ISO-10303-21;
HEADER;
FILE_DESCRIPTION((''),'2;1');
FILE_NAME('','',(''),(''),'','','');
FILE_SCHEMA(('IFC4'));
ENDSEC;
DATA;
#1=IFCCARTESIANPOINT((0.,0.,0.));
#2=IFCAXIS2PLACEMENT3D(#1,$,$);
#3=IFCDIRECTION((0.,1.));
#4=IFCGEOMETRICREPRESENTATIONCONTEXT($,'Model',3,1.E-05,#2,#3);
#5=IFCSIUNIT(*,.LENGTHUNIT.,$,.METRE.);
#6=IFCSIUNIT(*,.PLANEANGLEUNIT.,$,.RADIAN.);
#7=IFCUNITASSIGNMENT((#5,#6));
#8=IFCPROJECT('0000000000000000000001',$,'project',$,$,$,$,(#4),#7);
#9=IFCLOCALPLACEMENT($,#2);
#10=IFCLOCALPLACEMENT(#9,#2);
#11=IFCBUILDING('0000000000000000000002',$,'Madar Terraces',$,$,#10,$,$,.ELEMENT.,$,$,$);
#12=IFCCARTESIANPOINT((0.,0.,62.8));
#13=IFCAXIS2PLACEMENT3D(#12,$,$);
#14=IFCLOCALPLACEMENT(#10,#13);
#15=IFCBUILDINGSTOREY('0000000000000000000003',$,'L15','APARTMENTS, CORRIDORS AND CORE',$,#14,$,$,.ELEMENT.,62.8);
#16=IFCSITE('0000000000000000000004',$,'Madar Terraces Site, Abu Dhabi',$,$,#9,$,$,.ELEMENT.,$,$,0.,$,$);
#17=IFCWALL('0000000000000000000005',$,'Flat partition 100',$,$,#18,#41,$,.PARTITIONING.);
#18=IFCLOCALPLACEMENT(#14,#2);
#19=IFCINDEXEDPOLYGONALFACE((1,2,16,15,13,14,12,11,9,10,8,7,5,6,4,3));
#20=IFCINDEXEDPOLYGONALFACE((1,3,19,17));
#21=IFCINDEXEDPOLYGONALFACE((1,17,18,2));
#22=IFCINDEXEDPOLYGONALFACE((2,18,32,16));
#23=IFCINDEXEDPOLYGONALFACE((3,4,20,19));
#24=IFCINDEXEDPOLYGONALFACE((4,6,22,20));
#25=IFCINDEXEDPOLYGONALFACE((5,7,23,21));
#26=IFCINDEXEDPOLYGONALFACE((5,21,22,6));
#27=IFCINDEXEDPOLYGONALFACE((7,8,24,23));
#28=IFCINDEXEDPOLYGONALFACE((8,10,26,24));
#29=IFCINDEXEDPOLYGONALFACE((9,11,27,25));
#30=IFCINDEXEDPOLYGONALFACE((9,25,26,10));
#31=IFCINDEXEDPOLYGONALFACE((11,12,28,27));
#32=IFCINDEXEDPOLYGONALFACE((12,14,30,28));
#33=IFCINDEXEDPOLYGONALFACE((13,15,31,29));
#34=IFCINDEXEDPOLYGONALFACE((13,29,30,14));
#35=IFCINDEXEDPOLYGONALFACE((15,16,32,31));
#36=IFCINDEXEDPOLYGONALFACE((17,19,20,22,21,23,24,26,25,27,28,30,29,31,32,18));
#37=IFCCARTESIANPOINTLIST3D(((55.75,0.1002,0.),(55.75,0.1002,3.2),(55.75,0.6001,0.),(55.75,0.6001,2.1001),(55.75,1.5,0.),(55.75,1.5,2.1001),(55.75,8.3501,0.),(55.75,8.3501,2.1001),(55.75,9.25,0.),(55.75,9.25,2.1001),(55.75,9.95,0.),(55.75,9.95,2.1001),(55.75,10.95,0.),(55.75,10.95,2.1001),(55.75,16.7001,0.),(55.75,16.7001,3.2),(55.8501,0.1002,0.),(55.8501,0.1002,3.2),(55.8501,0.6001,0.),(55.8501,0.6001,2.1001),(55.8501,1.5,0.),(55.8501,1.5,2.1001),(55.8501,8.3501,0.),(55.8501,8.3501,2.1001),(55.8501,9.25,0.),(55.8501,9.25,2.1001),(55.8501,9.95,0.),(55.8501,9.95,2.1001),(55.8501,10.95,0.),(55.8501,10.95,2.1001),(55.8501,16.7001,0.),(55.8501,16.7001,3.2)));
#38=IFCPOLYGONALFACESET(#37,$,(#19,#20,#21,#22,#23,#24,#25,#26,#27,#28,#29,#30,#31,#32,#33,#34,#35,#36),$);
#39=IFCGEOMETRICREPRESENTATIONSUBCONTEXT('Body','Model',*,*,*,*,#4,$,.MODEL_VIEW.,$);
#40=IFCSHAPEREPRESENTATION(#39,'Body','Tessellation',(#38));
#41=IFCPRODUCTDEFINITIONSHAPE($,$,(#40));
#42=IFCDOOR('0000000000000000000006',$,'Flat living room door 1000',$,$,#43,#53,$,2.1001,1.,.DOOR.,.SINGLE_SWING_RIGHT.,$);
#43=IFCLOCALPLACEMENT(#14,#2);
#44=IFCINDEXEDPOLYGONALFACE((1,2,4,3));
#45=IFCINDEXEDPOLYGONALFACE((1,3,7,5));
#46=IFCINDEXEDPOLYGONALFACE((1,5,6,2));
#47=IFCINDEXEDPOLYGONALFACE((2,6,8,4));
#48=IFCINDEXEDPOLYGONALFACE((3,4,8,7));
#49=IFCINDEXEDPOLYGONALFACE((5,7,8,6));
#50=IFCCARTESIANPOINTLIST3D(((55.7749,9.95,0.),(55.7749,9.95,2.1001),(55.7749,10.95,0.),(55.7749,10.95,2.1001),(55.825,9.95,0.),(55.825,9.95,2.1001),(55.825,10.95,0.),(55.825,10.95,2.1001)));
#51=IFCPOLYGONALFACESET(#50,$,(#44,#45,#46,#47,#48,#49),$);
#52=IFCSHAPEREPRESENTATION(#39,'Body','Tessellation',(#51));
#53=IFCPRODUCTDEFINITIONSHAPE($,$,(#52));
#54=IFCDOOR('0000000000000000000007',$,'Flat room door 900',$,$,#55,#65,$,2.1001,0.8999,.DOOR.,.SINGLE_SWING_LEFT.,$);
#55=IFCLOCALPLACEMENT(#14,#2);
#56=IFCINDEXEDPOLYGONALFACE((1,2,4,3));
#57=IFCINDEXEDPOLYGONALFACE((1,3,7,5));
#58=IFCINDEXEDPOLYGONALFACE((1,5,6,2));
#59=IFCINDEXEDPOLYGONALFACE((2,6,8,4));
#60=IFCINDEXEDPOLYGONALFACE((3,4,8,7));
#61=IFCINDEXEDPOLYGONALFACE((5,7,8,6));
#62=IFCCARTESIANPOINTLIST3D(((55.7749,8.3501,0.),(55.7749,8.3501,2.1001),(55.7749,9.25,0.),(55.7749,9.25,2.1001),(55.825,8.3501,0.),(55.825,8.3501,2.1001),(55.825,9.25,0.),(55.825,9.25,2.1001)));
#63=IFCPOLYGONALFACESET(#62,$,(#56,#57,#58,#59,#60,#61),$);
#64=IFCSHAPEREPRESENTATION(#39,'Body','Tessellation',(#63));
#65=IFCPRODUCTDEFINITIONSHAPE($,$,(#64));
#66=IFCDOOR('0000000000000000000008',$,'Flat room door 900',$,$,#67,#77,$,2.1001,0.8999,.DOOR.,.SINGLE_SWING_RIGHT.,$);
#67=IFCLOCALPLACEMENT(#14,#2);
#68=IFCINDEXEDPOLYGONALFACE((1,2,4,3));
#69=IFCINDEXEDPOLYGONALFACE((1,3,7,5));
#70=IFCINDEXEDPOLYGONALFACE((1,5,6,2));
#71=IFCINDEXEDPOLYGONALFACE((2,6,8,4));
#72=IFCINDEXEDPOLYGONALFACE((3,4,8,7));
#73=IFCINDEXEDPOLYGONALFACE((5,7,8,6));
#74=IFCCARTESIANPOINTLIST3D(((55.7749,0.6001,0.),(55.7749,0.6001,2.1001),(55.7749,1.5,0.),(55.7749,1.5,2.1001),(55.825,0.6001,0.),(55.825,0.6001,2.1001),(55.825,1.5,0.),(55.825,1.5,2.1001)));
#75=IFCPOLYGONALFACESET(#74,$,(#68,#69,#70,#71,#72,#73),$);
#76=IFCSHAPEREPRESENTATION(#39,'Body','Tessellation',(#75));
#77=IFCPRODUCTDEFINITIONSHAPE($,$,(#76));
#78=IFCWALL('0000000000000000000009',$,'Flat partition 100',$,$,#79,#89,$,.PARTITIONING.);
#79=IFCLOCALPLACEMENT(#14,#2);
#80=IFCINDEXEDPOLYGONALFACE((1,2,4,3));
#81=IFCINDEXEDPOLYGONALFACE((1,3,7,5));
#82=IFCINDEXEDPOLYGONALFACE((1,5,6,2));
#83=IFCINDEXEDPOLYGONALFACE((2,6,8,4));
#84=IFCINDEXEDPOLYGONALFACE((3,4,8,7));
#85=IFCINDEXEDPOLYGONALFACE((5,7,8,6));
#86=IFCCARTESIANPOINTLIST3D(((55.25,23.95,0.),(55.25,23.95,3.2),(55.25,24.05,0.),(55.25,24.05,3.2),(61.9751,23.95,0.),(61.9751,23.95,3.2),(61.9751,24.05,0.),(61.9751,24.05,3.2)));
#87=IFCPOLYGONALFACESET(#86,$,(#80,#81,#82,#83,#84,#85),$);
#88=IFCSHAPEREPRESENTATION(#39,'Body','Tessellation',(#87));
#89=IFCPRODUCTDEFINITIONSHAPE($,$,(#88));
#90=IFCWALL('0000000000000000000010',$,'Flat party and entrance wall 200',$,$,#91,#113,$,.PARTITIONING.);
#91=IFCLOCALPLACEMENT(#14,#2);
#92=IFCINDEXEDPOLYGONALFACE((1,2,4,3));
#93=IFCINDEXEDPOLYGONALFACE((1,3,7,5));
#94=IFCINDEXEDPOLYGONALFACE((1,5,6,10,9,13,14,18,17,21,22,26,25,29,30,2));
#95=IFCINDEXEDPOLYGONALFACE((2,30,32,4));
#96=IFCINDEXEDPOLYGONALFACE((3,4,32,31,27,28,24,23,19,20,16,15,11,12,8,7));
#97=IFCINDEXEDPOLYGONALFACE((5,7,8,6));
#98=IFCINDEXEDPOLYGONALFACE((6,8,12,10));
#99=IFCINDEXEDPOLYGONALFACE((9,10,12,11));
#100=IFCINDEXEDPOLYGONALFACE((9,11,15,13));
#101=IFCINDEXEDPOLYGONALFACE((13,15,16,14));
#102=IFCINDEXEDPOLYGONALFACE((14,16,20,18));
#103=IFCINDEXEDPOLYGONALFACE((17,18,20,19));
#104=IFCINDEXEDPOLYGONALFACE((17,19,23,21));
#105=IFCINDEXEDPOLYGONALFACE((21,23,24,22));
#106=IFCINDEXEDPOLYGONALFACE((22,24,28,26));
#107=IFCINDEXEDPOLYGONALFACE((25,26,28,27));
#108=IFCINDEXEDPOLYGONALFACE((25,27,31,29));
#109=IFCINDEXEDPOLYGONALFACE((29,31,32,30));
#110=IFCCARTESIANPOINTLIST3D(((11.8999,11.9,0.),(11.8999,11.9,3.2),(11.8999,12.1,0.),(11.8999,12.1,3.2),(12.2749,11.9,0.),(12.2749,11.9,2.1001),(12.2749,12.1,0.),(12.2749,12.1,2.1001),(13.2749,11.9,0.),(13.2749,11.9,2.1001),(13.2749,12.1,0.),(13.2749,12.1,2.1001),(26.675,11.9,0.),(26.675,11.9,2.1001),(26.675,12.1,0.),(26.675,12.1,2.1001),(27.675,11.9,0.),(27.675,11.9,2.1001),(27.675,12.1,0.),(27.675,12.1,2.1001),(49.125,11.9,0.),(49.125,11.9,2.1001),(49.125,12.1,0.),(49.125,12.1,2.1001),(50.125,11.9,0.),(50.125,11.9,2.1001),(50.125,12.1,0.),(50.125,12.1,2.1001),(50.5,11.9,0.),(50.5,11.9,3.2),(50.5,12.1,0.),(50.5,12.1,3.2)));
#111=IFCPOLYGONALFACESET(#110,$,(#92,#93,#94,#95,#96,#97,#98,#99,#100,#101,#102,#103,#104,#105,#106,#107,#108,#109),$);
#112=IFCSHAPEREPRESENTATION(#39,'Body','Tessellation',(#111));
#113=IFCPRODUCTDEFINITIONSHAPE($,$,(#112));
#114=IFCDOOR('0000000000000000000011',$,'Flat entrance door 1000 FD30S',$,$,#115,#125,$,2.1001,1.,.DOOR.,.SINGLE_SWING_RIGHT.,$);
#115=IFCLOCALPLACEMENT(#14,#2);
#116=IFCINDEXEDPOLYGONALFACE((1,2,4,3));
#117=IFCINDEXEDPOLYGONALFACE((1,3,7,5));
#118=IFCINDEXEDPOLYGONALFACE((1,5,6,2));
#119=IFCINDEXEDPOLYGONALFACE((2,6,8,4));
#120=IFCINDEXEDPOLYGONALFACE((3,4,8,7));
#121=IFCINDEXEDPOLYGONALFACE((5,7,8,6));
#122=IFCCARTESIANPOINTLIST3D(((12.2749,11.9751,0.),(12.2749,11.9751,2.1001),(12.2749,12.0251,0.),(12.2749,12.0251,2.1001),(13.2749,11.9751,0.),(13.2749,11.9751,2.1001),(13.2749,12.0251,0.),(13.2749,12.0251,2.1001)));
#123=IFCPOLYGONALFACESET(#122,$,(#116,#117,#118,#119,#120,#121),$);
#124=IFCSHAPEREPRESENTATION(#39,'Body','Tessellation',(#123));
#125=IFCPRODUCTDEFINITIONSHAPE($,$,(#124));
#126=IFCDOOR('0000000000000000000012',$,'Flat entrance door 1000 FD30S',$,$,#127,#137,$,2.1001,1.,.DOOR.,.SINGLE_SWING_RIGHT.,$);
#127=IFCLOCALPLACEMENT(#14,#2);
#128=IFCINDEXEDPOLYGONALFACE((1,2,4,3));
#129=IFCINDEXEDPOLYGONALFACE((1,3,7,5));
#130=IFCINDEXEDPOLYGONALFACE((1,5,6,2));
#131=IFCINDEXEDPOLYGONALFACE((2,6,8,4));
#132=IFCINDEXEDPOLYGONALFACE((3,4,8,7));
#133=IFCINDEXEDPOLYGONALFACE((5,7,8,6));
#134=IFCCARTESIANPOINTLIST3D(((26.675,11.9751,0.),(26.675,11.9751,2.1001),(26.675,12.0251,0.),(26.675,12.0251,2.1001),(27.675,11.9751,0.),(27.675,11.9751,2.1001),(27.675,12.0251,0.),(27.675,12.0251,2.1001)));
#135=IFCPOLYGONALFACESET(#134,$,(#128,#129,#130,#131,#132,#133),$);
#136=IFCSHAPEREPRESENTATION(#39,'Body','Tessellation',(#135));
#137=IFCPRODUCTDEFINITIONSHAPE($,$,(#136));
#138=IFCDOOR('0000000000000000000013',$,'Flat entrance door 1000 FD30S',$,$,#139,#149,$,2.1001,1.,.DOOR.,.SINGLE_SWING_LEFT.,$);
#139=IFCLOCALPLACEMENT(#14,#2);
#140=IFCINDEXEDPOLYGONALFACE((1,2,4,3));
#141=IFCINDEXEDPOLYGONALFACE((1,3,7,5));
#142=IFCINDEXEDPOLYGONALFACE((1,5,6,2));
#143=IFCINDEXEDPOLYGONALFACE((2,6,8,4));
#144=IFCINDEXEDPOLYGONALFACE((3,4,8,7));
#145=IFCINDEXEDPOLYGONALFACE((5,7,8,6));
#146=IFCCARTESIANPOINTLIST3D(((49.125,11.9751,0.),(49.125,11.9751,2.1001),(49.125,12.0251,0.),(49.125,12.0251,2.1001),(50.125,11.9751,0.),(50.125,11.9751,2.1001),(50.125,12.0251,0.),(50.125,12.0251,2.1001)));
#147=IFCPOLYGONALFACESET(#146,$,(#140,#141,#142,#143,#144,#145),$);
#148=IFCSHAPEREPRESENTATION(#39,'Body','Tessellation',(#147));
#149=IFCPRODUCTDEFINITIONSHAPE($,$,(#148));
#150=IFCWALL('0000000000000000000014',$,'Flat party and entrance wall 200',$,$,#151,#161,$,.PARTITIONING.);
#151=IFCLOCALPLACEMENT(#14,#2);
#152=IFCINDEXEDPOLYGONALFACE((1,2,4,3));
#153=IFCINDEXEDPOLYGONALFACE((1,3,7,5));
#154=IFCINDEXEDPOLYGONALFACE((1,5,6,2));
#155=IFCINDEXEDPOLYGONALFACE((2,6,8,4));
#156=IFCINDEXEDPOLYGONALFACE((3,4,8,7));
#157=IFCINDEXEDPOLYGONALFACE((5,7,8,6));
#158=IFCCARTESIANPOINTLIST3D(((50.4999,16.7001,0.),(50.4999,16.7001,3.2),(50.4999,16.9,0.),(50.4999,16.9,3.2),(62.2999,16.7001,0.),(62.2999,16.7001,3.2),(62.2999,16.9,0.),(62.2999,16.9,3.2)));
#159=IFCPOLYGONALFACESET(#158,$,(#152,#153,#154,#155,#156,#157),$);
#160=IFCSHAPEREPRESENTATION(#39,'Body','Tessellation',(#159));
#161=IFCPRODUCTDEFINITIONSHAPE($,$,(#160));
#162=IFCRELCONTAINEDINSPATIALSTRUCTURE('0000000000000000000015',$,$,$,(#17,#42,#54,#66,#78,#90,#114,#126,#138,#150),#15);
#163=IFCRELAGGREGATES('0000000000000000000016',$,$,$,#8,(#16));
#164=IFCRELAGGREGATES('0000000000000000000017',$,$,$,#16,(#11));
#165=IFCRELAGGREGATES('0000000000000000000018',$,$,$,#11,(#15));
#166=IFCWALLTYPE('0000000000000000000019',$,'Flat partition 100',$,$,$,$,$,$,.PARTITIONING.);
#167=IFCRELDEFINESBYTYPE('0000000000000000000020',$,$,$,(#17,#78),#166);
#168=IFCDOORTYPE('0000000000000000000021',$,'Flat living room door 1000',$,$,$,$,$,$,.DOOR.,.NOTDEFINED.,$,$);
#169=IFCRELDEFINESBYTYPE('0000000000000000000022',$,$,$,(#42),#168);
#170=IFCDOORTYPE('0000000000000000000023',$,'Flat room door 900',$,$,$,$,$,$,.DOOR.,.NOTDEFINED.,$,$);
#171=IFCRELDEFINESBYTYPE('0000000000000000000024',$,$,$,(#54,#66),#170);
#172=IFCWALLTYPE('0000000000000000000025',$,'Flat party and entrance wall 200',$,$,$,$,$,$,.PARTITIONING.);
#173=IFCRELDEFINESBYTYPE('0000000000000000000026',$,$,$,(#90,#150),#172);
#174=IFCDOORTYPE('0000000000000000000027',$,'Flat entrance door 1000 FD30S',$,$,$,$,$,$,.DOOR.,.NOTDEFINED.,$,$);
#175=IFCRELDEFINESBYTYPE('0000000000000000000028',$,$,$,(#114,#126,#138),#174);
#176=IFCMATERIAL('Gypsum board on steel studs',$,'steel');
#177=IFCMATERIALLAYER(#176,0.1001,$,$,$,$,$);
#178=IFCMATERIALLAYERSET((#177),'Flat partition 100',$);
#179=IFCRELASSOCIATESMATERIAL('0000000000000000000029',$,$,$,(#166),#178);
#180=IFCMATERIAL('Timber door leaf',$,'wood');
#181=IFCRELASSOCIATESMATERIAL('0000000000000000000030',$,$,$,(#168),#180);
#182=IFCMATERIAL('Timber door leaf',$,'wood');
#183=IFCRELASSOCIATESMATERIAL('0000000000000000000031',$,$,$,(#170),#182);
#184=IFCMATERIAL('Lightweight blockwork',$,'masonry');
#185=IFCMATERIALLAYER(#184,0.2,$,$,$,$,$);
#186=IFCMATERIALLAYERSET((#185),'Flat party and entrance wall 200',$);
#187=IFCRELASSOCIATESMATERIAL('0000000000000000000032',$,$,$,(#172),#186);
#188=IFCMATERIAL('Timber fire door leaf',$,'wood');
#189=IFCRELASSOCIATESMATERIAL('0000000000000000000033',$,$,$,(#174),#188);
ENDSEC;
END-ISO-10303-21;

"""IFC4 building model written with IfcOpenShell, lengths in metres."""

from ifc_helpers import new_model, si_unit, direction, frame, frame_2d, origin, place, context, subcontext, project, spatial, rectangle, extrude, material, layer, layer_set, type_object, element, fill, save


model = new_model("IFC4")

# Units and contexts
model_context = context("Model", 3, precision=1e-05, world=origin(), true_north=direction((0.0, 1.0)))
body_context = subcontext(model_context, "Body", "Model", "MODEL_VIEW")
ifc_project = project(units=[si_unit("LENGTHUNIT", "METRE"), si_unit("PLANEANGLEUNIT", "RADIAN")], contexts=[model_context])

# Site, building, storey
site_placement = place(None, origin())
site = spatial("IfcSite", under=ifc_project, at=site_placement, Name="Madar Terraces Site, Abu Dhabi", CompositionType="ELEMENT", RefElevation=0.0)
building_placement = place(site_placement, origin())
building = spatial("IfcBuilding", under=site, at=building_placement, Name="Madar Terraces", CompositionType="ELEMENT")
storey_placement = place(building_placement, frame((0.0, 0.0, 62.8)))
storey = spatial("IfcBuildingStorey", under=building, at=storey_placement, Name="L15", Description="APARTMENTS, CORRIDORS AND CORE", CompositionType="ELEMENT", Elevation=62.8)

# Shared definitions
ifc_material_1 = material(Name="Gypsum board on steel studs", Category="steel")
ifc_layer_1 = layer(ifc_material_1, 0.1001)
ifc_layer_set_1 = layer_set([ifc_layer_1], Name="Flat partition 100")
wall_type_1 = type_object("IfcWallType", Name="Flat partition 100", PredefinedType="PARTITIONING", material=ifc_layer_set_1)

# Wall, openings, doors
wall_1_placement = place(storey_placement, frame((55.8, 16.7, 0.0), z_axis=(0.0, 0.0, 1.0), x_axis=(0.0, -1.0, 0.0)))
wall_1 = element("IfcWall", 1, at=wall_1_placement, inside=storey, type_object=wall_type_1, Name="Flat partition 100", PredefinedType="PARTITIONING", context=body_context, shape_type="SweptSolid", body=[
    extrude(rectangle(XDim=16.5999, YDim=0.1001, at=frame_2d((8.2998, 0.0))), origin(), (0.0, 0.0, 1.0), 3.2),
])
opening_1_placement = place(wall_1_placement, frame((5.75, 0.0, 0.0)))
opening_1 = element("IfcOpeningElement", 2, at=opening_1_placement, cuts=wall_1, PredefinedType="OPENING", context=body_context, shape_type="SweptSolid", body=[
    extrude(rectangle(XDim=1.0, YDim=2.1001, at=frame_2d((0.5, 1.05))), frame((0.0, 0.0601, 0.0), z_axis=(0.0, -1.0, 0.0), x_axis=(1.0, 0.0, 0.0)), (0.0, 0.0, 1.0), 0.1201),
])
opening_2_placement = place(wall_1_placement, frame((7.45, 0.0, 0.0)))
opening_2 = element("IfcOpeningElement", 3, at=opening_2_placement, cuts=wall_1, PredefinedType="OPENING", context=body_context, shape_type="SweptSolid", body=[
    extrude(rectangle(XDim=0.8999, YDim=2.1001, at=frame_2d((0.45, 1.05))), frame((0.0, 0.0601, 0.0), z_axis=(0.0, -1.0, 0.0), x_axis=(1.0, 0.0, 0.0)), (0.0, 0.0, 1.0), 0.1201),
])
opening_3_placement = place(wall_1_placement, frame((15.2, 0.0, 0.0)))
opening_3 = element("IfcOpeningElement", 4, at=opening_3_placement, cuts=wall_1, PredefinedType="OPENING", context=body_context, shape_type="SweptSolid", body=[
    extrude(rectangle(XDim=0.8999, YDim=2.1001, at=frame_2d((0.45, 1.05))), frame((0.0, 0.0601, 0.0), z_axis=(0.0, -1.0, 0.0), x_axis=(1.0, 0.0, 0.0)), (0.0, 0.0, 1.0), 0.1201),
])
ifc_material_2 = material(Name="Timber door leaf", Category="wood")
door_type_1 = type_object("IfcDoorType", Name="Flat living room door 1000", OperationType="NOTDEFINED", PredefinedType="DOOR", material=ifc_material_2)
door_1_placement = place(opening_1_placement, origin())
door_1 = element("IfcDoor", 5, at=door_1_placement, inside=storey, type_object=door_type_1, Name="Flat living room door 1000", OperationType="SINGLE_SWING_RIGHT", OverallHeight=2.1001, OverallWidth=1.0, PredefinedType="DOOR", context=body_context, shape_type="SweptSolid", body=[
    extrude(rectangle(XDim=1.0, YDim=2.1001, at=frame_2d((0.5, 1.05))), frame((0.0, 0.0249, 0.0), z_axis=(0.0, -1.0, 0.0), x_axis=(1.0, 0.0, 0.0)), (0.0, 0.0, 1.0), 0.05),
])
fill(opening_1, door_1)
ifc_material_3 = material(Name="Timber door leaf", Category="wood")
door_type_2 = type_object("IfcDoorType", Name="Flat room door 900", OperationType="NOTDEFINED", PredefinedType="DOOR", material=ifc_material_3)
door_2_placement = place(opening_2_placement, origin())
door_2 = element("IfcDoor", 6, at=door_2_placement, inside=storey, type_object=door_type_2, Name="Flat room door 900", OperationType="SINGLE_SWING_LEFT", OverallHeight=2.1001, OverallWidth=0.8999, PredefinedType="DOOR", context=body_context, shape_type="SweptSolid", body=[
    extrude(rectangle(XDim=0.8999, YDim=2.1001, at=frame_2d((0.45, 1.05))), frame((0.0, 0.0249, 0.0), z_axis=(0.0, -1.0, 0.0), x_axis=(1.0, 0.0, 0.0)), (0.0, 0.0, 1.0), 0.05),
])
fill(opening_2, door_2)
door_3_placement = place(opening_3_placement, origin())
door_3 = element("IfcDoor", 7, at=door_3_placement, inside=storey, type_object=door_type_2, Name="Flat room door 900", OperationType="SINGLE_SWING_RIGHT", OverallHeight=2.1001, OverallWidth=0.8999, PredefinedType="DOOR", context=body_context, shape_type="SweptSolid", body=[
    extrude(rectangle(XDim=0.8999, YDim=2.1001, at=frame_2d((0.45, 1.05))), frame((0.0, 0.0249, 0.0), z_axis=(0.0, -1.0, 0.0), x_axis=(1.0, 0.0, 0.0)), (0.0, 0.0, 1.0), 0.05),
])
fill(opening_3, door_3)

# Wall
wall_2_placement = place(storey_placement, frame((55.25, 24.0, 0.0), z_axis=(0.0, 0.0, 1.0), x_axis=(1.0, 0.0, 0.0)))
element("IfcWall", 8, at=wall_2_placement, inside=storey, type_object=wall_type_1, Name="Flat partition 100", PredefinedType="PARTITIONING", context=body_context, shape_type="SweptSolid", body=[
    extrude(rectangle(XDim=6.7251, YDim=0.1001, at=frame_2d((3.3625, 0.0))), origin(), (0.0, 0.0, 1.0), 3.2),
])

# Wall, openings, doors
ifc_material_4 = material(Name="Lightweight blockwork", Category="masonry")
ifc_layer_2 = layer(ifc_material_4, 0.2)
ifc_layer_set_2 = layer_set([ifc_layer_2], Name="Flat party and entrance wall 200")
wall_type_2 = type_object("IfcWallType", Name="Flat party and entrance wall 200", PredefinedType="PARTITIONING", material=ifc_layer_set_2)
wall_3_placement = place(storey_placement, frame((50.5, 12.0, 0.0), z_axis=(0.0, 0.0, 1.0), x_axis=(-1.0, 0.0, 0.0)))
wall_3 = element("IfcWall", 9, at=wall_3_placement, inside=storey, type_object=wall_type_2, Name="Flat party and entrance wall 200", PredefinedType="PARTITIONING", context=body_context, shape_type="SweptSolid", body=[
    extrude(rectangle(XDim=38.6001, YDim=0.2, at=frame_2d((19.3, 0.0))), origin(), (0.0, 0.0, 1.0), 3.2),
])
opening_4_placement = place(wall_3_placement, frame((37.2251, 0.0, 0.0)))
opening_4 = element("IfcOpeningElement", 10, at=opening_4_placement, cuts=wall_3, PredefinedType="OPENING", context=body_context, shape_type="SweptSolid", body=[
    extrude(rectangle(XDim=1.0, YDim=2.1001, at=frame_2d((0.5, 1.05))), frame((0.0, 0.1099, 0.0), z_axis=(0.0, -1.0, 0.0), x_axis=(1.0, 0.0, 0.0)), (0.0, 0.0, 1.0), 0.22),
])
opening_5_placement = place(wall_3_placement, frame((22.825, 0.0, 0.0)))
opening_5 = element("IfcOpeningElement", 11, at=opening_5_placement, cuts=wall_3, PredefinedType="OPENING", context=body_context, shape_type="SweptSolid", body=[
    extrude(rectangle(XDim=1.0, YDim=2.1001, at=frame_2d((0.5, 1.05))), frame((0.0, 0.1099, 0.0), z_axis=(0.0, -1.0, 0.0), x_axis=(1.0, 0.0, 0.0)), (0.0, 0.0, 1.0), 0.22),
])
opening_6_placement = place(wall_3_placement, frame((0.375, 0.0, 0.0)))
opening_6 = element("IfcOpeningElement", 12, at=opening_6_placement, cuts=wall_3, PredefinedType="OPENING", context=body_context, shape_type="SweptSolid", body=[
    extrude(rectangle(XDim=1.0, YDim=2.1001, at=frame_2d((0.5, 1.05))), frame((0.0, 0.1099, 0.0), z_axis=(0.0, -1.0, 0.0), x_axis=(1.0, 0.0, 0.0)), (0.0, 0.0, 1.0), 0.22),
])
ifc_material_5 = material(Name="Timber fire door leaf", Category="wood")
door_type_3 = type_object("IfcDoorType", Name="Flat entrance door 1000 FD30S", OperationType="NOTDEFINED", PredefinedType="DOOR", material=ifc_material_5)
door_4_placement = place(opening_4_placement, origin())
door_4 = element("IfcDoor", 13, at=door_4_placement, inside=storey, type_object=door_type_3, Name="Flat entrance door 1000 FD30S", OperationType="SINGLE_SWING_RIGHT", OverallHeight=2.1001, OverallWidth=1.0, PredefinedType="DOOR", context=body_context, shape_type="SweptSolid", body=[
    extrude(rectangle(XDim=1.0, YDim=2.1001, at=frame_2d((0.5, 1.05))), frame((0.0, 0.0249, 0.0), z_axis=(0.0, -1.0, 0.0), x_axis=(1.0, 0.0, 0.0)), (0.0, 0.0, 1.0), 0.05),
])
fill(opening_4, door_4)
door_5_placement = place(opening_5_placement, origin())
door_5 = element("IfcDoor", 14, at=door_5_placement, inside=storey, type_object=door_type_3, Name="Flat entrance door 1000 FD30S", OperationType="SINGLE_SWING_RIGHT", OverallHeight=2.1001, OverallWidth=1.0, PredefinedType="DOOR", context=body_context, shape_type="SweptSolid", body=[
    extrude(rectangle(XDim=1.0, YDim=2.1001, at=frame_2d((0.5, 1.05))), frame((0.0, 0.0249, 0.0), z_axis=(0.0, -1.0, 0.0), x_axis=(1.0, 0.0, 0.0)), (0.0, 0.0, 1.0), 0.05),
])
fill(opening_5, door_5)
door_6_placement = place(opening_6_placement, origin())
door_6 = element("IfcDoor", 15, at=door_6_placement, inside=storey, type_object=door_type_3, Name="Flat entrance door 1000 FD30S", OperationType="SINGLE_SWING_LEFT", OverallHeight=2.1001, OverallWidth=1.0, PredefinedType="DOOR", context=body_context, shape_type="SweptSolid", body=[
    extrude(rectangle(XDim=1.0, YDim=2.1001, at=frame_2d((0.5, 1.05))), frame((0.0, 0.0249, 0.0), z_axis=(0.0, -1.0, 0.0), x_axis=(1.0, 0.0, 0.0)), (0.0, 0.0, 1.0), 0.05),
])
fill(opening_6, door_6)

# Wall
wall_4_placement = place(storey_placement, frame((50.5, 16.8, 0.0), z_axis=(0.0, 0.0, 1.0), x_axis=(1.0, 0.0, 0.0)))
element("IfcWall", 16, at=wall_4_placement, inside=storey, type_object=wall_type_2, Name="Flat party and entrance wall 200", PredefinedType="PARTITIONING", context=body_context, shape_type="SweptSolid", body=[
    extrude(rectangle(XDim=11.8, YDim=0.2, at=frame_2d((5.8999, 0.0))), origin(), (0.0, 0.0, 1.0), 3.2),
])

save(model, "model.ifc")
